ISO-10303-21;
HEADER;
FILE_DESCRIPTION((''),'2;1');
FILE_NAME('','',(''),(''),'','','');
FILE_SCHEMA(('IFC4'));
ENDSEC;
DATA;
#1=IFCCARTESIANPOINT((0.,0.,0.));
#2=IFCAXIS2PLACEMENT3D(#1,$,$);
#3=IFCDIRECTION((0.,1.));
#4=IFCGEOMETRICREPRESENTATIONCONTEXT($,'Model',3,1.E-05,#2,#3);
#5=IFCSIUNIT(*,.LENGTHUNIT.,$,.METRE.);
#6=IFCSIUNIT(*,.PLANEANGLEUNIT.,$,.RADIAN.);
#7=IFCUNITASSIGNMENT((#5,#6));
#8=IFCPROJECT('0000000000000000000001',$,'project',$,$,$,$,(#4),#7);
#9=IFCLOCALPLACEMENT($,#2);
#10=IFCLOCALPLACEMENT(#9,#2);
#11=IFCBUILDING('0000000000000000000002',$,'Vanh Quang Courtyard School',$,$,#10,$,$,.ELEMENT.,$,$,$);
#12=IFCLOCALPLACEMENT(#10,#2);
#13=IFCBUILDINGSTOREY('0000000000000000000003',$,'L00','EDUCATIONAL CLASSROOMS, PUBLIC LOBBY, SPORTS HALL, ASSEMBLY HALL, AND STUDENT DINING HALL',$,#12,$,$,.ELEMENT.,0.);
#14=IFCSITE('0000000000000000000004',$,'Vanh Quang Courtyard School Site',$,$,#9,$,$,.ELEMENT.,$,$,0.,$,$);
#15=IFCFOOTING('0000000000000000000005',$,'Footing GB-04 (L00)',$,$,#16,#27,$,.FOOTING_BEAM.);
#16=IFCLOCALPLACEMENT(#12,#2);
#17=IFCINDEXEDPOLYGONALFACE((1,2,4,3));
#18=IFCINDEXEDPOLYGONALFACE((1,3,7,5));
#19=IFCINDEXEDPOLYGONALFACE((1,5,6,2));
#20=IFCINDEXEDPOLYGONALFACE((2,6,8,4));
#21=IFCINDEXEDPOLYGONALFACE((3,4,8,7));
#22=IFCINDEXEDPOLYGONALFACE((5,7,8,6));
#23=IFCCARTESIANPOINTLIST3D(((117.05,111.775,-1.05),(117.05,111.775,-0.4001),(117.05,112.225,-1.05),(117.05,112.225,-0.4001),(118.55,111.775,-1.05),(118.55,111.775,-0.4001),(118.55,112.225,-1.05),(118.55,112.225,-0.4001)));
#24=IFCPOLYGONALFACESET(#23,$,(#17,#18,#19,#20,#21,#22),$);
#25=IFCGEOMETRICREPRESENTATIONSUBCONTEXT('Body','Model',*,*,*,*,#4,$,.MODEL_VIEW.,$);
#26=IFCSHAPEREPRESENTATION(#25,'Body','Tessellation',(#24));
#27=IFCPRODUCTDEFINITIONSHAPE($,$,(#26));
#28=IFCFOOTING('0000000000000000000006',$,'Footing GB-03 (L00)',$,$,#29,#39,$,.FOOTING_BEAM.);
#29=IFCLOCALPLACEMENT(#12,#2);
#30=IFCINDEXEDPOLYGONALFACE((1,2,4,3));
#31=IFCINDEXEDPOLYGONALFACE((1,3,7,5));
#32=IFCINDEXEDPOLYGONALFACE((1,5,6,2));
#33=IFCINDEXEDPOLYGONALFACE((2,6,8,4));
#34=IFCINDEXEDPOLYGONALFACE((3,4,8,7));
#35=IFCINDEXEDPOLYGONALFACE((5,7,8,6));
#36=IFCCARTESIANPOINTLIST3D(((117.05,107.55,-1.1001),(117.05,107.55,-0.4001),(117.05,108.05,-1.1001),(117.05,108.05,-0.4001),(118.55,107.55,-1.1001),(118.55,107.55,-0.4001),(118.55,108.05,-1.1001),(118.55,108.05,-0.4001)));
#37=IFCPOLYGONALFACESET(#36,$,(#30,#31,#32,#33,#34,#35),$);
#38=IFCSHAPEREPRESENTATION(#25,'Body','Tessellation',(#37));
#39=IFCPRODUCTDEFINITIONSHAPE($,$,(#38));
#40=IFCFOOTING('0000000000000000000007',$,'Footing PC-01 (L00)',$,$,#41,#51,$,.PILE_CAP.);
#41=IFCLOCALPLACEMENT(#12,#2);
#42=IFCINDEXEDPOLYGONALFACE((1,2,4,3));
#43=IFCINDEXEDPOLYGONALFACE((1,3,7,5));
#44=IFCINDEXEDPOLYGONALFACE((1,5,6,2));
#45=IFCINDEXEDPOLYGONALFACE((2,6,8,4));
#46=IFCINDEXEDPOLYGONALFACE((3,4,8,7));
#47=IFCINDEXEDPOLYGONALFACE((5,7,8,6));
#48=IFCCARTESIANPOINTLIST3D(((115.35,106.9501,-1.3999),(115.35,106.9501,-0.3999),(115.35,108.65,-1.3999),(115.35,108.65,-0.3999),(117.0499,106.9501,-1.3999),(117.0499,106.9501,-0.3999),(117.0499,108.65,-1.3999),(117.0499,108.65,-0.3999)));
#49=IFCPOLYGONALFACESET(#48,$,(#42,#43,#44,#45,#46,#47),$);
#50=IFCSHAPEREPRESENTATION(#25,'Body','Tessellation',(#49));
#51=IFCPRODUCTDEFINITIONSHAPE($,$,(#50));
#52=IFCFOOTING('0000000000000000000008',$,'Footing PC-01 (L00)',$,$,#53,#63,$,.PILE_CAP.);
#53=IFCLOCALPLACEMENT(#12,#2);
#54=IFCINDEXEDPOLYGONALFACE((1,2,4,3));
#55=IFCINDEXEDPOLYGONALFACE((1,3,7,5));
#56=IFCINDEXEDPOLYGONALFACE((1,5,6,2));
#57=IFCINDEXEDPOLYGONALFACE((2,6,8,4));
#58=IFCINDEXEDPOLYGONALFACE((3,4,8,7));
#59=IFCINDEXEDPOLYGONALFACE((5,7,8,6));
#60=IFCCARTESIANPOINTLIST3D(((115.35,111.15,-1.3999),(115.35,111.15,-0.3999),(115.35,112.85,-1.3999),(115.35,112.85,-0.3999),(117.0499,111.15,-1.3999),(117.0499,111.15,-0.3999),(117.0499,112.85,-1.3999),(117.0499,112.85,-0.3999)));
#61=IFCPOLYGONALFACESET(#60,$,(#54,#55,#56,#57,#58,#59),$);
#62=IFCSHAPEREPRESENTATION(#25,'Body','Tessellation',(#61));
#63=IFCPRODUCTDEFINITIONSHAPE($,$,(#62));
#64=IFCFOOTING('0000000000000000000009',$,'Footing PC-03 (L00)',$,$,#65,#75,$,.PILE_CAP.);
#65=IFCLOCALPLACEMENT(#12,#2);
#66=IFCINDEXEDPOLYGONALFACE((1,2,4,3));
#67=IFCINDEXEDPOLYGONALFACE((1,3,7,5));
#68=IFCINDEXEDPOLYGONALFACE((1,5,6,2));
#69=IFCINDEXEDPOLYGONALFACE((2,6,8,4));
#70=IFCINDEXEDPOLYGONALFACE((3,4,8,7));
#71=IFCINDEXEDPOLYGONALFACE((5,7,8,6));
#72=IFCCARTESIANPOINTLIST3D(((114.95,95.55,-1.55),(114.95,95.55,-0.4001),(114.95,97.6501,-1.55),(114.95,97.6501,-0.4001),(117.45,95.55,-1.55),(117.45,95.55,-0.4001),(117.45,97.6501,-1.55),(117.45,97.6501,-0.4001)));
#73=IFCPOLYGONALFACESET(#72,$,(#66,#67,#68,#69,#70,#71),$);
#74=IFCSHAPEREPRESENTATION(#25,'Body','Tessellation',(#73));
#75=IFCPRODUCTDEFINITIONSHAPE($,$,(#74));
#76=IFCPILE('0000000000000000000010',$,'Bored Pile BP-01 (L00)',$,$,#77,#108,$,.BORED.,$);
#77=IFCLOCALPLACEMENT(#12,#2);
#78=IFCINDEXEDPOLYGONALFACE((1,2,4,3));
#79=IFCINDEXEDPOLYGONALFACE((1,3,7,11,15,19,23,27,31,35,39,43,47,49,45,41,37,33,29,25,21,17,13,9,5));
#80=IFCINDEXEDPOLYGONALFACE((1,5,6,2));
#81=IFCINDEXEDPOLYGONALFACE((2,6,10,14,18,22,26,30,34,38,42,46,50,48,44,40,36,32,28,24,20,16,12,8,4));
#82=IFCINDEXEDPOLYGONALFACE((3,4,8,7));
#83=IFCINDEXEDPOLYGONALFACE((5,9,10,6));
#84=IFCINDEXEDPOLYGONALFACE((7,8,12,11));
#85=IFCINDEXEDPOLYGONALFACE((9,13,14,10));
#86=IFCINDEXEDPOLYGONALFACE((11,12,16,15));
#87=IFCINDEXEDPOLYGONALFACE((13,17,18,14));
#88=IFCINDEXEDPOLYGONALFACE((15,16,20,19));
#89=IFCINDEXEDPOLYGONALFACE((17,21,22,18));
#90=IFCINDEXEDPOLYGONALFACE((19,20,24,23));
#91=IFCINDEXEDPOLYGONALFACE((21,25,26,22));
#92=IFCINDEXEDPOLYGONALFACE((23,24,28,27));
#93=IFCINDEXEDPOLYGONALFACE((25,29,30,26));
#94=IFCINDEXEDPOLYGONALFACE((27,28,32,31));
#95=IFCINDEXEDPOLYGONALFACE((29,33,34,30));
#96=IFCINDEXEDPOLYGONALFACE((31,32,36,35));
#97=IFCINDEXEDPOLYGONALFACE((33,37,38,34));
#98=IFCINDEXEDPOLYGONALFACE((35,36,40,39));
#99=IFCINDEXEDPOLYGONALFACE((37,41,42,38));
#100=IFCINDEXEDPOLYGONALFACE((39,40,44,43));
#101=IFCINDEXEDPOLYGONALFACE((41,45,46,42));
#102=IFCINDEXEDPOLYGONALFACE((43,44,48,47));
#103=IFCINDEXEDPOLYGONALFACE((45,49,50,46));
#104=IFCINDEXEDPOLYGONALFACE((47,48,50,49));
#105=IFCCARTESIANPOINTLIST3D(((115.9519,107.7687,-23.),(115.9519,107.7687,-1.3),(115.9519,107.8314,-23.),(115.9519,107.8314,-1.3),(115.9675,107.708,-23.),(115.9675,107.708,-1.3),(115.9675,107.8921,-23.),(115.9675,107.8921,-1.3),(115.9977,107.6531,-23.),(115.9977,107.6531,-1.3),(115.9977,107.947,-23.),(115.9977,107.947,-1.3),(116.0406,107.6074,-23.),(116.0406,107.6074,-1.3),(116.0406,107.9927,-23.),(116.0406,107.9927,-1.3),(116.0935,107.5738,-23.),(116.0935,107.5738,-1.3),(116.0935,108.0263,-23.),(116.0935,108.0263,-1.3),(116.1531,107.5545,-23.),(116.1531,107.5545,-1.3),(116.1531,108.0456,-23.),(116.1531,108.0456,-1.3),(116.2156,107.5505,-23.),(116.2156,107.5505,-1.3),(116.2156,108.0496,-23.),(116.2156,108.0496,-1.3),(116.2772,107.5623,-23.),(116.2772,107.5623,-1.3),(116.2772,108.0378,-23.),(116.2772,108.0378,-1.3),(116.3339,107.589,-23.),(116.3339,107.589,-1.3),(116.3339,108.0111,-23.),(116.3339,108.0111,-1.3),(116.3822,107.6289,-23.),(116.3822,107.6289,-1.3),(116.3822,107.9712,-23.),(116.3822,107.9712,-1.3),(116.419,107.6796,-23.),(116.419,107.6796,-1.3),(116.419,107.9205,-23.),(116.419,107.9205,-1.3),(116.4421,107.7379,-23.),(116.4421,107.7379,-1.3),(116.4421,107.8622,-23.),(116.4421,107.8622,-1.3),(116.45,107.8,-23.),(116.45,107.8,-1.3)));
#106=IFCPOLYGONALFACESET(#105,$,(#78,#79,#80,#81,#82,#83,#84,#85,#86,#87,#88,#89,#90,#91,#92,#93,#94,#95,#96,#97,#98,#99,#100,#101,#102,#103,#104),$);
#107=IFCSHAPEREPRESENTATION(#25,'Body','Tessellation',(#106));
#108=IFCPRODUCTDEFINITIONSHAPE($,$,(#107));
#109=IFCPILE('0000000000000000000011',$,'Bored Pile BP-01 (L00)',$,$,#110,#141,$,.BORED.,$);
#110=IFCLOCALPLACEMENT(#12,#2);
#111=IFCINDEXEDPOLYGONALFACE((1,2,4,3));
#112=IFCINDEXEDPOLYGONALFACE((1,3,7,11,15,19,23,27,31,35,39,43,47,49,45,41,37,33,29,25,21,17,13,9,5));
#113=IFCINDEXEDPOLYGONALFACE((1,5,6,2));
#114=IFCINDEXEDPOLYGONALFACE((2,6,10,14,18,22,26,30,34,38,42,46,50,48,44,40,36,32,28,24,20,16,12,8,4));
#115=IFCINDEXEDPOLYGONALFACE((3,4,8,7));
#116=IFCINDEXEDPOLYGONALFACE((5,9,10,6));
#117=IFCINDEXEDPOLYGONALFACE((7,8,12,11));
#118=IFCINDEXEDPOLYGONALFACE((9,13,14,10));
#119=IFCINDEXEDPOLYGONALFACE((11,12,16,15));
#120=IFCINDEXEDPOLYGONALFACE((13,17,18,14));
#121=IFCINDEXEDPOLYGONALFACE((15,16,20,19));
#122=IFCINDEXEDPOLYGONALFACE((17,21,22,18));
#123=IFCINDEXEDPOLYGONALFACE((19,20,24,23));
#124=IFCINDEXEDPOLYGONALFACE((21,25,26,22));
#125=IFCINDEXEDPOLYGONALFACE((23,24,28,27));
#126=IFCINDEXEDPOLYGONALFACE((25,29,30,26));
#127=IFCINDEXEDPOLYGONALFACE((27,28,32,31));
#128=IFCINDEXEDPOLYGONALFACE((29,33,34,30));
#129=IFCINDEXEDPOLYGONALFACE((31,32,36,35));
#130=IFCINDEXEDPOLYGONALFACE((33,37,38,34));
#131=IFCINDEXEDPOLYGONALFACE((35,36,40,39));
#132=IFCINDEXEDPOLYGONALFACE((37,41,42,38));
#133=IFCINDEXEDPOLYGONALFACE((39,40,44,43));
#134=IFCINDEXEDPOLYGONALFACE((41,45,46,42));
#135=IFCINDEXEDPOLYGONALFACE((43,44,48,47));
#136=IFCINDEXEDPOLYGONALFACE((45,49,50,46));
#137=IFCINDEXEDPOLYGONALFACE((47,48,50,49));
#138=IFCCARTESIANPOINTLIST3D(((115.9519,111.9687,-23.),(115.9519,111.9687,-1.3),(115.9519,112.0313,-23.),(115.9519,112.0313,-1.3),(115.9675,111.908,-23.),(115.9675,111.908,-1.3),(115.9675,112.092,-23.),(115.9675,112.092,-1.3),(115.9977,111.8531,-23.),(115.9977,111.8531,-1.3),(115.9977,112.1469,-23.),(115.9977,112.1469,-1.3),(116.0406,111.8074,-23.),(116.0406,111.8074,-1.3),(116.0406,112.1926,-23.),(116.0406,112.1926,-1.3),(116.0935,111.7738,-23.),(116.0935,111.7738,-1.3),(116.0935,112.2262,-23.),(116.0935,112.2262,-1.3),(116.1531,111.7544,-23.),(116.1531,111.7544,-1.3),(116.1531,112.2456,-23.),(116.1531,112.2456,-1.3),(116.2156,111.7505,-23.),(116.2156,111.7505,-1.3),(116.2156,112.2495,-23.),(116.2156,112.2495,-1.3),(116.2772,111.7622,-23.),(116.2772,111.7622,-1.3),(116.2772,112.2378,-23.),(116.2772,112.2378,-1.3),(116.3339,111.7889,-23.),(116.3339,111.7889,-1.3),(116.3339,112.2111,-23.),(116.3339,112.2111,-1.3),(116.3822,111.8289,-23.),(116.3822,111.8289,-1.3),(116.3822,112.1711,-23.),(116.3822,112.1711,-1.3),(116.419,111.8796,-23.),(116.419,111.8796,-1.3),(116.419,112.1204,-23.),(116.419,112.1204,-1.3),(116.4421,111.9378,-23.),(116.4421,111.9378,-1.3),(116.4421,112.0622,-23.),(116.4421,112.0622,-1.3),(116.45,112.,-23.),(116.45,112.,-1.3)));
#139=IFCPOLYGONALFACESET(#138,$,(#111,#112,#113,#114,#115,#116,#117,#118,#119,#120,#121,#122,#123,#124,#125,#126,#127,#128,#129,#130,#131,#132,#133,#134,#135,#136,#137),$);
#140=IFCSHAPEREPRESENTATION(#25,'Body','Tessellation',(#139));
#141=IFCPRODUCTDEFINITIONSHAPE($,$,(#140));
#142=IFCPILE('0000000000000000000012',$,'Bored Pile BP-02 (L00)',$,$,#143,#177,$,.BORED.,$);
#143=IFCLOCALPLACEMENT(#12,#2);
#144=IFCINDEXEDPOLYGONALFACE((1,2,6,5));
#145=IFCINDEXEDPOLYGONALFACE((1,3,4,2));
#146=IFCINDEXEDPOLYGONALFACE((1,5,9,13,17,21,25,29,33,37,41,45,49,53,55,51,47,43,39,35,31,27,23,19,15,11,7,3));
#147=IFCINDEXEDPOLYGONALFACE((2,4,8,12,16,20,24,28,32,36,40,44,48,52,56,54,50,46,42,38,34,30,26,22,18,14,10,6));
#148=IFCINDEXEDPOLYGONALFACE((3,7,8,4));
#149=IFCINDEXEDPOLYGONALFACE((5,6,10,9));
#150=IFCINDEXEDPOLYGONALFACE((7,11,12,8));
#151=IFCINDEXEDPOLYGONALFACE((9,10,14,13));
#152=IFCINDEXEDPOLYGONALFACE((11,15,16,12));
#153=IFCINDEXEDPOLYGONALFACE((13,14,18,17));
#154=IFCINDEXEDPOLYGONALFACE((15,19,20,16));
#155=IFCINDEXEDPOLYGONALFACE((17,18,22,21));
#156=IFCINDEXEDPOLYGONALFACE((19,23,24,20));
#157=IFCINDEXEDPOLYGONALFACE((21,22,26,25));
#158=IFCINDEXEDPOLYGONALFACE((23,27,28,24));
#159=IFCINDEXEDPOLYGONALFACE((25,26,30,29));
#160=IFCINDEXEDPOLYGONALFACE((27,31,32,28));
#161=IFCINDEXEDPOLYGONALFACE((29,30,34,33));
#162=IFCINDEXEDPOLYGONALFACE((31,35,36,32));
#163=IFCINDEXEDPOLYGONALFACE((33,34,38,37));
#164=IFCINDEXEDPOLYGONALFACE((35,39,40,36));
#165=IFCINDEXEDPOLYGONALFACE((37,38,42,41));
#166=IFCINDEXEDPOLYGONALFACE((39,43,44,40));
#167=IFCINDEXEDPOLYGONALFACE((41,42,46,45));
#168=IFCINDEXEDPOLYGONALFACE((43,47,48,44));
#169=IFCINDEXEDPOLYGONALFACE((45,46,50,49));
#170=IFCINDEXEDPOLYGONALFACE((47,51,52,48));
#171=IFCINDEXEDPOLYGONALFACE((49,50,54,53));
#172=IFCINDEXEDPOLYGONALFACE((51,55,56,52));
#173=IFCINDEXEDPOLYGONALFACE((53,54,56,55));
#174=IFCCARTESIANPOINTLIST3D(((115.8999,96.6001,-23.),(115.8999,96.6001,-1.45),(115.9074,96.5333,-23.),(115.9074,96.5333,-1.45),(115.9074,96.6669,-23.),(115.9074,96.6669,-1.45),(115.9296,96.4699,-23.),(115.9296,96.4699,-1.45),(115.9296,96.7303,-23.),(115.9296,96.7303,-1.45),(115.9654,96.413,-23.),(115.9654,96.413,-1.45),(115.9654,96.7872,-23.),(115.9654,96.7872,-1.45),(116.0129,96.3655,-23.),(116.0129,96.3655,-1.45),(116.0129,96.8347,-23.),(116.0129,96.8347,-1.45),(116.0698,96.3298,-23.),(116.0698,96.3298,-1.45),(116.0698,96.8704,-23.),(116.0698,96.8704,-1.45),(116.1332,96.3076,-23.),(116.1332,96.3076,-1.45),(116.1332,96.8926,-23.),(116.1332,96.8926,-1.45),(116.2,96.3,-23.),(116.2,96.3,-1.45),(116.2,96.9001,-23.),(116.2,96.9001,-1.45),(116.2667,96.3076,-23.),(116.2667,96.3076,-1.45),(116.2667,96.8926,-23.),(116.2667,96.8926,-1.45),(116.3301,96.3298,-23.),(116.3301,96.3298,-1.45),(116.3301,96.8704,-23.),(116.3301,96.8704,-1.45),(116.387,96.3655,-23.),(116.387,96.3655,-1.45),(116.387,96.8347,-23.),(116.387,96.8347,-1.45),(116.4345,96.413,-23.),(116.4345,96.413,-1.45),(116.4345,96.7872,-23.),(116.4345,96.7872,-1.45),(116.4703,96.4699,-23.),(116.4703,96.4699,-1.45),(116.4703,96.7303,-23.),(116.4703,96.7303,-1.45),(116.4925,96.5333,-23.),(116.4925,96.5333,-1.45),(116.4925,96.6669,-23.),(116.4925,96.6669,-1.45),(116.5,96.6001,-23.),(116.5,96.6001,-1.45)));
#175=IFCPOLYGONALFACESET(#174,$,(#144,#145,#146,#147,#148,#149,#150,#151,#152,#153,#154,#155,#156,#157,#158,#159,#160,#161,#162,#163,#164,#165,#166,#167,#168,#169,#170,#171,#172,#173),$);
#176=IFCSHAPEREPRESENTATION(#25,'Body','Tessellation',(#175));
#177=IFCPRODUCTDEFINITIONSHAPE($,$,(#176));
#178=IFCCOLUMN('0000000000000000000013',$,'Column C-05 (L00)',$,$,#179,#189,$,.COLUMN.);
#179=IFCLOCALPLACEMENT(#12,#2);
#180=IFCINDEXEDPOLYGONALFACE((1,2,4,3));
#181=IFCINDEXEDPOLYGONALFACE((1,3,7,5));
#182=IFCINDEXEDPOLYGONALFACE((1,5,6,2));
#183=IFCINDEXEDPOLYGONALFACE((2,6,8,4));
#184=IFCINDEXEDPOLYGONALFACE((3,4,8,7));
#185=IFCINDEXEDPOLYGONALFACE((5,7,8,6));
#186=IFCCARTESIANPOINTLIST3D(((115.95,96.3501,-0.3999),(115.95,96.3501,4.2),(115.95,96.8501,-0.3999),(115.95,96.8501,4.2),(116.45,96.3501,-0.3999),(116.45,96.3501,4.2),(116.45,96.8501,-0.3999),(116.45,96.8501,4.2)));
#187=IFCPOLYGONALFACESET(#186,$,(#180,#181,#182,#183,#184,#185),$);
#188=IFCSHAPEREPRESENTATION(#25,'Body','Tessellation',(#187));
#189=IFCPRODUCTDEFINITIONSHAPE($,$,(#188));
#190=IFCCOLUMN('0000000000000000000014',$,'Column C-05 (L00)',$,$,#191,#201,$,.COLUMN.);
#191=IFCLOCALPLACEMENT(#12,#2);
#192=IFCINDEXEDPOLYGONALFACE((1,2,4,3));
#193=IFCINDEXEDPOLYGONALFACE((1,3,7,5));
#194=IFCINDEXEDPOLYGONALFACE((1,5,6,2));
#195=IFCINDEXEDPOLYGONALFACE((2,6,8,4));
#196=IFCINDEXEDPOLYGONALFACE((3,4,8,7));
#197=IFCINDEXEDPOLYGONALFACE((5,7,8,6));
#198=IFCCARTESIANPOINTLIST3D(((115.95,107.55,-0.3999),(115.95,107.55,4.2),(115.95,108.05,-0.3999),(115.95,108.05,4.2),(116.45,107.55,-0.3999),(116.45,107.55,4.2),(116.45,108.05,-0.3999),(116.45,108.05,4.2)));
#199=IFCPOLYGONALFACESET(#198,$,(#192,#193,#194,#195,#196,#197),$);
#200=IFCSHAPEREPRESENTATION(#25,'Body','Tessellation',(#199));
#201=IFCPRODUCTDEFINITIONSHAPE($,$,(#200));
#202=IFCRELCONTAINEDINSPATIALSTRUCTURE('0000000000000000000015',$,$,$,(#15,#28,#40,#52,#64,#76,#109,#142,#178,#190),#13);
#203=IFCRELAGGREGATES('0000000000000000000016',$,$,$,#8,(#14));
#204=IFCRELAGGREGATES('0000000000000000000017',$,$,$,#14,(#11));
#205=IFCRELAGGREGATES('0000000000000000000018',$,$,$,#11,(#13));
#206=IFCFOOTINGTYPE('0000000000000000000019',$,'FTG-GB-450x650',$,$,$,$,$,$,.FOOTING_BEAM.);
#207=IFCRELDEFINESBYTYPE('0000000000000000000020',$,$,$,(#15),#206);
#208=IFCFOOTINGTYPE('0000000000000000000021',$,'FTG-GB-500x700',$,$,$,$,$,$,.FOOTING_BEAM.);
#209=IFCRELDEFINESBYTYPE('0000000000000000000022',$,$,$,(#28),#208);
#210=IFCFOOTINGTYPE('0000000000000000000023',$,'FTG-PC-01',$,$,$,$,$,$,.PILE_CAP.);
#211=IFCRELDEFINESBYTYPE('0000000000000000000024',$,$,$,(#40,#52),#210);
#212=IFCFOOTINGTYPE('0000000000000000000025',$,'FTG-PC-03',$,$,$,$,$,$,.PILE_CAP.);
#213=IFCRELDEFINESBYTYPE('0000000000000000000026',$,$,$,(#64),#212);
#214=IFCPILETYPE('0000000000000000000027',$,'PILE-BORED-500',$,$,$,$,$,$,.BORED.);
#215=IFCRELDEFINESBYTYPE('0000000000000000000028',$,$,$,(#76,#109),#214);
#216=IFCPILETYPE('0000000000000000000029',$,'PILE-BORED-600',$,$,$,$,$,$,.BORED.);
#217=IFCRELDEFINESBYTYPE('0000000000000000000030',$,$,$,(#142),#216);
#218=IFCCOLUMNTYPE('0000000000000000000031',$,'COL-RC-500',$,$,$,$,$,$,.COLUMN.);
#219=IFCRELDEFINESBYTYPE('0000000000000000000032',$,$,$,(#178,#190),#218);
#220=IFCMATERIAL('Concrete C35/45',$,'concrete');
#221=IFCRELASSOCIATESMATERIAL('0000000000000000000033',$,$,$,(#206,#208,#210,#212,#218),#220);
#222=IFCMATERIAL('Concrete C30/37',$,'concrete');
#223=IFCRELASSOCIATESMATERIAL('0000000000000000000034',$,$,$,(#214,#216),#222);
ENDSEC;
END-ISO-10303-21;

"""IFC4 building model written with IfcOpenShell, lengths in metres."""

from ifc_helpers import new_model, si_unit, direction, frame, origin, origin_2d, place, context, subcontext, project, spatial, rectangle, circle, extrude, material, material_profile, profile_set, type_object, element, save


model = new_model("IFC4")

# Units and contexts
model_context = context("Model", 3, precision=1e-05, world=origin(), true_north=direction((0.0, 1.0)))
body_context = subcontext(model_context, "Body", "Model", "MODEL_VIEW")
ifc_project = project(units=[si_unit("LENGTHUNIT", "METRE"), si_unit("PLANEANGLEUNIT", "RADIAN")], contexts=[model_context])

# Site, building, storey
site_placement = place(None, origin())
site = spatial("IfcSite", under=ifc_project, at=site_placement, Name="Vanh Quang Courtyard School Site", CompositionType="ELEMENT", RefElevation=0.0)
building_placement = place(site_placement, origin())
building = spatial("IfcBuilding", under=site, at=building_placement, Name="Vanh Quang Courtyard School", CompositionType="ELEMENT")
storey_placement = place(building_placement, origin())
storey = spatial("IfcBuildingStorey", under=building, at=storey_placement, Name="L00", Description="EDUCATIONAL CLASSROOMS, PUBLIC LOBBY, SPORTS HALL, ASSEMBLY HALL, AND STUDENT DINING HALL", CompositionType="ELEMENT", Elevation=0.0)

# Footings
ifc_material_1 = material(Name="Concrete C35/45", Category="concrete")
footing_type_1 = type_object("IfcFootingType", Name="FTG-GB-450x650", PredefinedType="FOOTING_BEAM", material=ifc_material_1)
footing_1_placement = place(storey_placement, frame((117.8, 112.0, -1.05), z_axis=(0.0, 0.0, 1.0), x_axis=(1.0, 0.0, 0.0)))
element("IfcFooting", 1, at=footing_1_placement, inside=storey, type_object=footing_type_1, Name="Footing GB-04 (L00)", PredefinedType="FOOTING_BEAM", context=body_context, shape_type="SweptSolid", body=[
    extrude(rectangle(XDim=1.5, YDim=0.45, at=origin_2d()), origin(), (0.0, 0.0, 1.0), 0.6499),
])
footing_type_2 = type_object("IfcFootingType", Name="FTG-GB-500x700", PredefinedType="FOOTING_BEAM", material=ifc_material_1)
footing_2_placement = place(storey_placement, frame((117.8, 107.8, -1.1001), z_axis=(0.0, 0.0, 1.0), x_axis=(1.0, 0.0, 0.0)))
element("IfcFooting", 2, at=footing_2_placement, inside=storey, type_object=footing_type_2, Name="Footing GB-03 (L00)", PredefinedType="FOOTING_BEAM", context=body_context, shape_type="SweptSolid", body=[
    extrude(rectangle(XDim=1.5, YDim=0.5, at=origin_2d()), origin(), (0.0, 0.0, 1.0), 0.7),
])
footing_type_3 = type_object("IfcFootingType", Name="FTG-PC-01", PredefinedType="PILE_CAP", material=ifc_material_1)
for number, where, z_axis, x_axis, name in (
    (3, (116.2, 107.8, -1.3999), (0.0, 0.0, 1.0), (1.0, 0.0, 0.0), "Footing PC-01 (L00)"),
    (4, (116.2, 112.0, -1.3999), (0.0, 0.0, 1.0), (1.0, 0.0, 0.0), "Footing PC-01 (L00)"),
):
    element("IfcFooting", number, at=place(storey_placement, frame(where, z_axis=z_axis, x_axis=x_axis)), inside=storey, type_object=footing_type_3, Name=name, PredefinedType="PILE_CAP", context=body_context, shape_type="SweptSolid", body=[
        extrude(rectangle(XDim=1.7, YDim=1.7, at=origin_2d()), origin(), (0.0, 0.0, 1.0), 1.0),
    ])
footing_type_4 = type_object("IfcFootingType", Name="FTG-PC-03", PredefinedType="PILE_CAP", material=ifc_material_1)
footing_3_placement = place(storey_placement, frame((116.2, 96.6001, -1.55), z_axis=(0.0, 0.0, 1.0), x_axis=(1.0, 0.0, 0.0)))
element("IfcFooting", 5, at=footing_3_placement, inside=storey, type_object=footing_type_4, Name="Footing PC-03 (L00)", PredefinedType="PILE_CAP", context=body_context, shape_type="SweptSolid", body=[
    extrude(rectangle(XDim=2.5, YDim=2.1001, at=origin_2d()), origin(), (0.0, 0.0, 1.0), 1.1499),
])

# Piles
ifc_material_2 = material(Name="Concrete C30/37", Category="concrete")
ifc_material_profile_1 = material_profile(ifc_material_2, circle(Radius=0.25, at=origin_2d()), Name="PILE D500")
ifc_profile_set_1 = profile_set([ifc_material_profile_1], Name="Concrete C30/37")
pile_type_1 = type_object("IfcPileType", Name="PILE-BORED-500", PredefinedType="BORED", material=ifc_profile_set_1)
for number, where, z_axis, x_axis, name in (
    (6, (116.2, 107.8, -1.3), (0.0, 0.0, -1.0), (1.0, 0.0, 0.0), "Bored Pile BP-01 (L00)"),
    (7, (116.2, 112.0, -1.3), (0.0, 0.0, -1.0), (1.0, 0.0, 0.0), "Bored Pile BP-01 (L00)"),
):
    element("IfcPile", number, at=place(storey_placement, frame(where, z_axis=z_axis, x_axis=x_axis)), inside=storey, type_object=pile_type_1, Name=name, PredefinedType="BORED", context=body_context, shape_type="SweptSolid", body=[
        extrude(circle(Radius=0.25, at=origin_2d()), origin(), (0.0, 0.0, 1.0), 21.7),
    ])
ifc_material_profile_2 = material_profile(ifc_material_2, circle(Radius=0.3, at=origin_2d()), Name="PILE D600")
ifc_profile_set_2 = profile_set([ifc_material_profile_2], Name="Concrete C30/37")
pile_type_2 = type_object("IfcPileType", Name="PILE-BORED-600", PredefinedType="BORED", material=ifc_profile_set_2)
pile_placement = place(storey_placement, frame((116.2, 96.6001, -1.45), z_axis=(0.0, 0.0, -1.0), x_axis=(1.0, 0.0, 0.0)))
element("IfcPile", 8, at=pile_placement, inside=storey, type_object=pile_type_2, Name="Bored Pile BP-02 (L00)", PredefinedType="BORED", context=body_context, shape_type="SweptSolid", body=[
    extrude(circle(Radius=0.3, at=origin_2d()), origin(), (0.0, 0.0, 1.0), 21.55),
])

# Columns
ifc_material_profile_3 = material_profile(ifc_material_1, rectangle(XDim=0.5, YDim=0.5, at=origin_2d()), Name="RC-COL 500x500")
ifc_profile_set_3 = profile_set([ifc_material_profile_3], Name="Concrete C35/45")
column_type = type_object("IfcColumnType", Name="COL-RC-500", PredefinedType="COLUMN", material=ifc_profile_set_3)
for number, where, z_axis, x_axis, name in (
    (9, (116.2, 96.6001, -0.3999), (0.0, 0.0, 1.0), (1.0, 0.0, 0.0), "Column C-05 (L00)"),
    (10, (116.2, 107.8, -0.3999), (0.0, 0.0, 1.0), (1.0, 0.0, 0.0), "Column C-05 (L00)"),
):
    element("IfcColumn", number, at=place(storey_placement, frame(where, z_axis=z_axis, x_axis=x_axis)), inside=storey, type_object=column_type, Name=name, PredefinedType="COLUMN", context=body_context, shape_type="SweptSolid", body=[
        extrude(rectangle(XDim=0.5, YDim=0.5, at=origin_2d()), origin(), (0.0, 0.0, 1.0), 4.5999),
    ])

save(model, "model.ifc")
